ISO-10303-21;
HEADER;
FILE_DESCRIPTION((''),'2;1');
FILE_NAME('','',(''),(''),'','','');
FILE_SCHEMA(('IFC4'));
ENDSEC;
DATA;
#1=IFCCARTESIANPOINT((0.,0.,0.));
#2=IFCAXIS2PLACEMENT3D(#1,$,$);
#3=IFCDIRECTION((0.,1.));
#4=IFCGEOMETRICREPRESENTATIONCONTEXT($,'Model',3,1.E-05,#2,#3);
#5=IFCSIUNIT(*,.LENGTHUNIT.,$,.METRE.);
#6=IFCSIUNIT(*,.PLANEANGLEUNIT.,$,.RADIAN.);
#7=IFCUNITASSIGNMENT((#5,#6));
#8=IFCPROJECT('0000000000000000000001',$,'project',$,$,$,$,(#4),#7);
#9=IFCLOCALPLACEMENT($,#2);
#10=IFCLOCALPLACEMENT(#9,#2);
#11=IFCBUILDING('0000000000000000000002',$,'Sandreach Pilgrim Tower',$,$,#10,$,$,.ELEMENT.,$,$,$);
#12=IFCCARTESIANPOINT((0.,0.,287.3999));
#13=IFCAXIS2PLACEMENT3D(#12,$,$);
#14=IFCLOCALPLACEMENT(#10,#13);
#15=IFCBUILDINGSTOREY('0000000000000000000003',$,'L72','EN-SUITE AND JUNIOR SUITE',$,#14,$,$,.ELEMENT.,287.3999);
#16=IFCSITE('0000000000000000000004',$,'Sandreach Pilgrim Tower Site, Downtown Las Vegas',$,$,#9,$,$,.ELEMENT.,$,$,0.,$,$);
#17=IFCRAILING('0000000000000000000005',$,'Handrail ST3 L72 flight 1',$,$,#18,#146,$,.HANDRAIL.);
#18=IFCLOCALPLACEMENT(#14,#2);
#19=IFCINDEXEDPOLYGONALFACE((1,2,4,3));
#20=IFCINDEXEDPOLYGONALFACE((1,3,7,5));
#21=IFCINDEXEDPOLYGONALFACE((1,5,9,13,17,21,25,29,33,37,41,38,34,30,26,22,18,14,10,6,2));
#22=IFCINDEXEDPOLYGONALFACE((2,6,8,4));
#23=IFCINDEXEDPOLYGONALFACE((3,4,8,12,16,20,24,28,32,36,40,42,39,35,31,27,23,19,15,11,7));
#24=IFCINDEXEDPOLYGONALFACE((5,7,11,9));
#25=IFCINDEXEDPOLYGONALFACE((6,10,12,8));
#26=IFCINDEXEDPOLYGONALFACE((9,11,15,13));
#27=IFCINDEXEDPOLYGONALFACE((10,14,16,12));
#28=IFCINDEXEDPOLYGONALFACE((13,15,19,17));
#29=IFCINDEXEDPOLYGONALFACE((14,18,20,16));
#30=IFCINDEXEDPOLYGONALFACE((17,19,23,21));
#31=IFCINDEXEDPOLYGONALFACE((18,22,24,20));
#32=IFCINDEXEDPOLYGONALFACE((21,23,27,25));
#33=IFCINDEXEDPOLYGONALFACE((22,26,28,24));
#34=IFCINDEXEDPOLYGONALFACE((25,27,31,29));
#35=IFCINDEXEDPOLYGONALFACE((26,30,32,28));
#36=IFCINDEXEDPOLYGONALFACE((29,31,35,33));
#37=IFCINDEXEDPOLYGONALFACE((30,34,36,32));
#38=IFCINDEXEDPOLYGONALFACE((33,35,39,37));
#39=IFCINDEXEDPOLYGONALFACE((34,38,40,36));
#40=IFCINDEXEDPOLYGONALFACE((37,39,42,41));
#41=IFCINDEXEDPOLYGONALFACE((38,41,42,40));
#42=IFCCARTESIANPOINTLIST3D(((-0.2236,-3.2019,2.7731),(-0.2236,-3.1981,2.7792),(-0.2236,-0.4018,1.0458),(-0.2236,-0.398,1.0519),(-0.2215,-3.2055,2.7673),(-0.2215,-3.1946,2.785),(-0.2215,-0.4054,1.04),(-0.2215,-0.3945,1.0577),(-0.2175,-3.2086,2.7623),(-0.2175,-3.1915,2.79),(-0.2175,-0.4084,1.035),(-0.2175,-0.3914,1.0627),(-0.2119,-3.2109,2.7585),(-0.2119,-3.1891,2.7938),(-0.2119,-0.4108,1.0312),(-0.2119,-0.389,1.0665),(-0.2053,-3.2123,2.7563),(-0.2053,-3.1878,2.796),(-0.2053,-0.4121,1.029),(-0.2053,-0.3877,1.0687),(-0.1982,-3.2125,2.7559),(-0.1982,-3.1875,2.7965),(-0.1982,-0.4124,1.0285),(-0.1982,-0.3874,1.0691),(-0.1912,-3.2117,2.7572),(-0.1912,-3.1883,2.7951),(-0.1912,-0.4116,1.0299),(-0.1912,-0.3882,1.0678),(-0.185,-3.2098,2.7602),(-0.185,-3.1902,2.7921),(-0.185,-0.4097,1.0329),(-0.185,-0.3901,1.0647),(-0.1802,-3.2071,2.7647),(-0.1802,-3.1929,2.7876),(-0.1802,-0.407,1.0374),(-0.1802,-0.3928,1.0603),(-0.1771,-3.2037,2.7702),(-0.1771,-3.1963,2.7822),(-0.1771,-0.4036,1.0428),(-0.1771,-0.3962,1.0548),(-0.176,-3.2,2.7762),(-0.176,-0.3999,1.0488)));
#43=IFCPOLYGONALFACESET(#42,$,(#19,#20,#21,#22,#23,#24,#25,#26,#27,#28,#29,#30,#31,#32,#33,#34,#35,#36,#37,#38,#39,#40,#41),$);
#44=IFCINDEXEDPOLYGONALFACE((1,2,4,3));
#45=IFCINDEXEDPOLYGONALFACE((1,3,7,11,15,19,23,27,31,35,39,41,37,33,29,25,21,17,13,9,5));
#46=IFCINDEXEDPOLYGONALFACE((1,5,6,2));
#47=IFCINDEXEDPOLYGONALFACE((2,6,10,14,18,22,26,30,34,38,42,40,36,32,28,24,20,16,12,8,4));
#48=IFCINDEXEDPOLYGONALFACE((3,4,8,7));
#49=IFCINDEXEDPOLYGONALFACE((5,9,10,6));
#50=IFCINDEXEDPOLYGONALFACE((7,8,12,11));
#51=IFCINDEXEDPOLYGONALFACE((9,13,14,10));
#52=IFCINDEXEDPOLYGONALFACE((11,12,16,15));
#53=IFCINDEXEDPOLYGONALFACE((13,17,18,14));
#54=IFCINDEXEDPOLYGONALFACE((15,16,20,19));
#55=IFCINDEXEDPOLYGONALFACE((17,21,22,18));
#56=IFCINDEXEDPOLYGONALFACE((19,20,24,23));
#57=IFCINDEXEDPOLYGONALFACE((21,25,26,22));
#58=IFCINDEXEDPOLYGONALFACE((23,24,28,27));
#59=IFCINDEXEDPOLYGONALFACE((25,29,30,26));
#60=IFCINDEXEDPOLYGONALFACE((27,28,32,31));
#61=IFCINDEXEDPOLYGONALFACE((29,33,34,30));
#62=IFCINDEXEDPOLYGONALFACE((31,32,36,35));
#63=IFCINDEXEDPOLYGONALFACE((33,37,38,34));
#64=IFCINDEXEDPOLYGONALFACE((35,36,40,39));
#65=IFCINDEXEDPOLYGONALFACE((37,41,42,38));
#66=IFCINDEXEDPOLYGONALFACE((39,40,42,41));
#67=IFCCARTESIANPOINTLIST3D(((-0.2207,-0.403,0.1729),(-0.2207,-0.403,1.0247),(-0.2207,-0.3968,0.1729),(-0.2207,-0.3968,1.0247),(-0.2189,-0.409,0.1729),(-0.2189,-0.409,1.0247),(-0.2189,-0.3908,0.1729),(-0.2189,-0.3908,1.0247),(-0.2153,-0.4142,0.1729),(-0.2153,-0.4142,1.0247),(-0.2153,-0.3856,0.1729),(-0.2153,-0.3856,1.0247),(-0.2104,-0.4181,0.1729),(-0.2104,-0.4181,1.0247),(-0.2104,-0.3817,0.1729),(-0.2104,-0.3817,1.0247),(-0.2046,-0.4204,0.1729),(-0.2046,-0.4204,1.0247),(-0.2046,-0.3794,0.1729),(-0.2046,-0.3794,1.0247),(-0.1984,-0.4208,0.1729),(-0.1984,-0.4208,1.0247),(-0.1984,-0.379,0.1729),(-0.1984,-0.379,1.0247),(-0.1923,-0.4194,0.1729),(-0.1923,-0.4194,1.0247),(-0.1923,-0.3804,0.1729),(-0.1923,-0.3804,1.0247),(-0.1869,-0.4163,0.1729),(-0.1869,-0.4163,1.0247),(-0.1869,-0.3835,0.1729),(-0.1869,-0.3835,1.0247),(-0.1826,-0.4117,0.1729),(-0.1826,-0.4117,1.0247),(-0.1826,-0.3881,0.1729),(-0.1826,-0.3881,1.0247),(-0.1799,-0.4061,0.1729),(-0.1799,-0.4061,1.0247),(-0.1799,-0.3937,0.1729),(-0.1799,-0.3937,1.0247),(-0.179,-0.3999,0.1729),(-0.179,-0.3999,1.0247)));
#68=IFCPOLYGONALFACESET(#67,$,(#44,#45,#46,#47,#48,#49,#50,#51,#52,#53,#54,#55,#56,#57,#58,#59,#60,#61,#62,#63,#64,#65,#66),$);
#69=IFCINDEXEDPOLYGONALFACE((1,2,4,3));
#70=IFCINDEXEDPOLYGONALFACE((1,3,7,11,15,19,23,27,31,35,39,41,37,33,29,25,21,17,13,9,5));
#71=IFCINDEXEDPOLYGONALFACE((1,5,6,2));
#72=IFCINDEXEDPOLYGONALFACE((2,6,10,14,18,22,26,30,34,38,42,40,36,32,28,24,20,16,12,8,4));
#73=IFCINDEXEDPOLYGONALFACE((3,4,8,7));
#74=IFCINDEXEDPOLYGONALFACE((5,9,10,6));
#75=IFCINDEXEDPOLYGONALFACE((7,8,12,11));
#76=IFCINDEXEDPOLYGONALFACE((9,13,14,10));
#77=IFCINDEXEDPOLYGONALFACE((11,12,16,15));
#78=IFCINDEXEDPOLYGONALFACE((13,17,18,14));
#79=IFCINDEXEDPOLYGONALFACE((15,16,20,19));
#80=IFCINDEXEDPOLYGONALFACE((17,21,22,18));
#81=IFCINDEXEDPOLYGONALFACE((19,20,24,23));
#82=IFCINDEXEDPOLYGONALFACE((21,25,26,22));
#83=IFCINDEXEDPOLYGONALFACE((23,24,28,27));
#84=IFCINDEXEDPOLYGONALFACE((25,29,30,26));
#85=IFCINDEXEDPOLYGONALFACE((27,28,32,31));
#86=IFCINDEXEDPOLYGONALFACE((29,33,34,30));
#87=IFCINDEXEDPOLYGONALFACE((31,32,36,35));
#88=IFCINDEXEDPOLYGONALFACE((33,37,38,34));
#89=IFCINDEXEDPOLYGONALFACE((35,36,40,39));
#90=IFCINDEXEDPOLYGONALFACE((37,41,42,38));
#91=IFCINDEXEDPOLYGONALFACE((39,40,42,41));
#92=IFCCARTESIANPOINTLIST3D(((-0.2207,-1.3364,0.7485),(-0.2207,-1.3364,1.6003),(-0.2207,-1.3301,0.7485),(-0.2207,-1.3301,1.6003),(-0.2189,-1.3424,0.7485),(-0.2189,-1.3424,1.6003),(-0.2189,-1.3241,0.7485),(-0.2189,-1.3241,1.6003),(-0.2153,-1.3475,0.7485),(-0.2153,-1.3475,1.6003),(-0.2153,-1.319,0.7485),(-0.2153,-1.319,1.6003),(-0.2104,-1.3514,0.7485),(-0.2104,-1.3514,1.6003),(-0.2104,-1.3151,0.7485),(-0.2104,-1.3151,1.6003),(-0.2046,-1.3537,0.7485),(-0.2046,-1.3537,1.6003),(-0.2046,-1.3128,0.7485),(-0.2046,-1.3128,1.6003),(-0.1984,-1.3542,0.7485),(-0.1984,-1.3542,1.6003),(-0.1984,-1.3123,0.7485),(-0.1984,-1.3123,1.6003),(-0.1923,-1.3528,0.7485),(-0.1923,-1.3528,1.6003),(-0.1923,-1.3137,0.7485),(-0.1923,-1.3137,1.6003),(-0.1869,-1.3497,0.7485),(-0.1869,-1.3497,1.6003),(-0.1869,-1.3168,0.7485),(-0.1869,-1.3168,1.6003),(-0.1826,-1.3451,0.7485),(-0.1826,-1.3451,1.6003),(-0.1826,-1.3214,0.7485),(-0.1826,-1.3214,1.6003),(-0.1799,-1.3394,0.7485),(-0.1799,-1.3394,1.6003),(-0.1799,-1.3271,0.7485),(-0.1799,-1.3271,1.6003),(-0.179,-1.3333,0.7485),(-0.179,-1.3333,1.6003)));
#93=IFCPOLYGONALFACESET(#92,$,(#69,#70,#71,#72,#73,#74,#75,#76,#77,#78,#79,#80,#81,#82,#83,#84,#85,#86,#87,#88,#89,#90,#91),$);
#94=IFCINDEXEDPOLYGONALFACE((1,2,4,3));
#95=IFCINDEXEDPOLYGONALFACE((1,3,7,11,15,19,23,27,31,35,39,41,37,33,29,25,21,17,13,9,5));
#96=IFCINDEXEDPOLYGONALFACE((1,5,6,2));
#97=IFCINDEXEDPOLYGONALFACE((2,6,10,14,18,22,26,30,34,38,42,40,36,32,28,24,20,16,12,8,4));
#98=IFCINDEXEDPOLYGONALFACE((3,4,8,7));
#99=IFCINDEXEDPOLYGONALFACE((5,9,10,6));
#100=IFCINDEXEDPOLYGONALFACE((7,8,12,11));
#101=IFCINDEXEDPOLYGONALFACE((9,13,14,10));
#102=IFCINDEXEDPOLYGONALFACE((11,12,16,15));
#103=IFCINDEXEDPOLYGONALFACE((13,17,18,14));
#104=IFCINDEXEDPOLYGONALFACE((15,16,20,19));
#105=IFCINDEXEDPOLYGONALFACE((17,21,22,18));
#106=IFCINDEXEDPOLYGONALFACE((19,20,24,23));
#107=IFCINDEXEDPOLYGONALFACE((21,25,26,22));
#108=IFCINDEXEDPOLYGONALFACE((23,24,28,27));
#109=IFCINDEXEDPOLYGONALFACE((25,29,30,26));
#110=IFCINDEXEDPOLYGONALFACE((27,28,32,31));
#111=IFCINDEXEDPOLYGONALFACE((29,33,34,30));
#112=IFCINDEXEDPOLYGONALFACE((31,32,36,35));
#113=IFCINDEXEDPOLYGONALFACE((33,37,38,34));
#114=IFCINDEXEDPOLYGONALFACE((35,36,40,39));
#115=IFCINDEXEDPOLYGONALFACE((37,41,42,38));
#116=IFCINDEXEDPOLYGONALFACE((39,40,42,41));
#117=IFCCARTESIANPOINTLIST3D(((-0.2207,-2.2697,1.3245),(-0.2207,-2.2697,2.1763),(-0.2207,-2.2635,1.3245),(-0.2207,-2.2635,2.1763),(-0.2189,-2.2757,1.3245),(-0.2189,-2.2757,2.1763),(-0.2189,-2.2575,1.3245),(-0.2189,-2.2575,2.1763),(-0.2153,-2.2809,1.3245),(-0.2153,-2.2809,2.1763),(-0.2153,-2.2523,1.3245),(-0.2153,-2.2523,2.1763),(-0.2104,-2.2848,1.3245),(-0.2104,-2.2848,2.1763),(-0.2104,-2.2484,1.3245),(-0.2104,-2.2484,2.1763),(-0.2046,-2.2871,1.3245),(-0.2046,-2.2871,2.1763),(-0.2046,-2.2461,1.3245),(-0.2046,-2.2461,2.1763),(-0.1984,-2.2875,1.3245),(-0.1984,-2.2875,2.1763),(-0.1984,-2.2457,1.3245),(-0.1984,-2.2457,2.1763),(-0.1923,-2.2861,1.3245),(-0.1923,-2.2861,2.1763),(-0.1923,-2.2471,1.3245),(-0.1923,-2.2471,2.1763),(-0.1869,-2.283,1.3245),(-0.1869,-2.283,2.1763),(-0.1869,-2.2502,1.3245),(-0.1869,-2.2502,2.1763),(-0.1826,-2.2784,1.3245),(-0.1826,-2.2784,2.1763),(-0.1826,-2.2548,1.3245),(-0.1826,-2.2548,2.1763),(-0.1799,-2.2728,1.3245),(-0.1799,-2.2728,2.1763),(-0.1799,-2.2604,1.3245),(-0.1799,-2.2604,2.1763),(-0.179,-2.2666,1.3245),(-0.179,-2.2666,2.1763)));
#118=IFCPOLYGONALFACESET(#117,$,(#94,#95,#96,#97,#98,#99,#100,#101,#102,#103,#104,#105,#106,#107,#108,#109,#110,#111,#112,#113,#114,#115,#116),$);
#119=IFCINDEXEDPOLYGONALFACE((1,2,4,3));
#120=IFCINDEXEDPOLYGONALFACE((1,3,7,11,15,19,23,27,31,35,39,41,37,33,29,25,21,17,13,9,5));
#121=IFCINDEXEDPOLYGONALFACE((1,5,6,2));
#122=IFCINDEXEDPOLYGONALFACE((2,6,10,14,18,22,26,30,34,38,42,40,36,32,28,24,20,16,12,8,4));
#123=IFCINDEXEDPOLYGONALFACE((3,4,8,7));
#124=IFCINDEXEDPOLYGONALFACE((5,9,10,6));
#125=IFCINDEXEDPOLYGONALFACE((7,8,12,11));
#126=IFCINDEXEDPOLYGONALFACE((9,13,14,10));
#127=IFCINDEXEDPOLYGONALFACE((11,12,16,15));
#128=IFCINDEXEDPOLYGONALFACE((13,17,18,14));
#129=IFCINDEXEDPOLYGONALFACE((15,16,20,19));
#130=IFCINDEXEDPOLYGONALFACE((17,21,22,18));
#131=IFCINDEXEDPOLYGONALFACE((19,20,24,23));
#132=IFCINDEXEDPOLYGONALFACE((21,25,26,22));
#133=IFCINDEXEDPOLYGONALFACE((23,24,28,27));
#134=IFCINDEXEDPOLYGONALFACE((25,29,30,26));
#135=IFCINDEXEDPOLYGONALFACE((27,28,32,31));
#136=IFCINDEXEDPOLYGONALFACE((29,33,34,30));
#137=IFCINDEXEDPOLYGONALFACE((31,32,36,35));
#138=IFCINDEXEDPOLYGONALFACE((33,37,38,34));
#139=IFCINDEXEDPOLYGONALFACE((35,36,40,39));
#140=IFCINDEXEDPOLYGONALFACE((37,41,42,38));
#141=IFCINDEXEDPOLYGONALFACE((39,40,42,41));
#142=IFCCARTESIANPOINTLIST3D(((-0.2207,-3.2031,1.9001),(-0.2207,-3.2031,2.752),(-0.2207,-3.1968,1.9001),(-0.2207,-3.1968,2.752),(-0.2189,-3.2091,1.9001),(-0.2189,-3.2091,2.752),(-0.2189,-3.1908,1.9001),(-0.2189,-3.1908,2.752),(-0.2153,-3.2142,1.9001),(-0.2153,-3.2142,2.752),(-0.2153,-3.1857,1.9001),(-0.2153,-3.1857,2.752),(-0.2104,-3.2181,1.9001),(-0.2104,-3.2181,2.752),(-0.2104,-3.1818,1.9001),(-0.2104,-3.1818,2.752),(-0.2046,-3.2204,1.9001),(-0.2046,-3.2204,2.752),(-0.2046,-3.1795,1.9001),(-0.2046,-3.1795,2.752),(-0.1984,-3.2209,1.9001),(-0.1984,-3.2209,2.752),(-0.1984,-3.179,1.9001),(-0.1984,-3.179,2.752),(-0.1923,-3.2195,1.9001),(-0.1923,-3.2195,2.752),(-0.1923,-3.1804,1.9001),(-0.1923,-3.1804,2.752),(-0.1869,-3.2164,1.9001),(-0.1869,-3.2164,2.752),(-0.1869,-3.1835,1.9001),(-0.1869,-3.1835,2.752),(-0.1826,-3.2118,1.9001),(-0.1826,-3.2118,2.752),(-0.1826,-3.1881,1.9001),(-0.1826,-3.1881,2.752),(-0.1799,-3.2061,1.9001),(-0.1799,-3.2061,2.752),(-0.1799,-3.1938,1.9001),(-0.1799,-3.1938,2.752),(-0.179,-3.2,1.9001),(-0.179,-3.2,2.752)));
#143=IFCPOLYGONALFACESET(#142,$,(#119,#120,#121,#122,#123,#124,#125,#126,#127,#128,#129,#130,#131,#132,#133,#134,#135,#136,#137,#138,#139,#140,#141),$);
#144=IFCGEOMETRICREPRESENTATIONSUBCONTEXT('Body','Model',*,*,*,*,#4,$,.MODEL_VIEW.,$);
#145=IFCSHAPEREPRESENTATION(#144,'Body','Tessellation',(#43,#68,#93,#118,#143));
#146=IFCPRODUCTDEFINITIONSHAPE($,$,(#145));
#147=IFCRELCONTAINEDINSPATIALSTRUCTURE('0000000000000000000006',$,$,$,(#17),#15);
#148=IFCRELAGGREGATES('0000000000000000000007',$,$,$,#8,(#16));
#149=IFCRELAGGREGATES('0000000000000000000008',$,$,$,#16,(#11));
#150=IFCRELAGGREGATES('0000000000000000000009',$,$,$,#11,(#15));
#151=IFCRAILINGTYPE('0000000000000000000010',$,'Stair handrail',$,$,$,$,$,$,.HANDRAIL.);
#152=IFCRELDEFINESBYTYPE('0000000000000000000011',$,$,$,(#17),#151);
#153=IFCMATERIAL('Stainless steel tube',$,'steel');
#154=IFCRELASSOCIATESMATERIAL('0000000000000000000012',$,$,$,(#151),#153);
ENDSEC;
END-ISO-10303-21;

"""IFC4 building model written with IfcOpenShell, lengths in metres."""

from ifc_helpers import new_model, si_unit, direction, frame, origin, origin_2d, place, context, subcontext, project, spatial, circle, extrude, material, type_object, element, save


model = new_model("IFC4")

# Units and contexts
model_context = context("Model", 3, precision=1e-05, world=origin(), true_north=direction((0.0, 1.0)))
body_context = subcontext(model_context, "Body", "Model", "MODEL_VIEW")
ifc_project = project(units=[si_unit("LENGTHUNIT", "METRE"), si_unit("PLANEANGLEUNIT", "RADIAN")], contexts=[model_context])

# Site, building, storey
site_placement = place(None, origin())
site = spatial("IfcSite", under=ifc_project, at=site_placement, Name="Sandreach Pilgrim Tower Site, Downtown Las Vegas", CompositionType="ELEMENT", RefElevation=0.0)
building_placement = place(site_placement, origin())
building = spatial("IfcBuilding", under=site, at=building_placement, Name="Sandreach Pilgrim Tower", CompositionType="ELEMENT")
storey_placement = place(building_placement, frame((0.0, 0.0, 287.3999)))
storey = spatial("IfcBuildingStorey", under=building, at=storey_placement, Name="L72", Description="EN-SUITE AND JUNIOR SUITE", CompositionType="ELEMENT", Elevation=287.3999)

# Railing
ifc_material_1 = material(Name="Stainless steel tube", Category="steel")
railing_type = type_object("IfcRailingType", Name="Stair handrail", PredefinedType="HANDRAIL", material=ifc_material_1)
for number, where, name in (
    (1, (-0.2, -0.3999, 0.1729), "Handrail ST3 L72 flight 1"),
):
    element("IfcRailing", number, at=place(storey_placement, frame(where)), inside=storey, type_object=railing_type, Name=name, PredefinedType="HANDRAIL", context=body_context, shape_type="SweptSolid", body=[
        extrude(circle(Radius=0.0239, at=origin_2d()), frame((0.0, 0.0, 0.876), z_axis=(0.0, -0.85109, 0.52502), x_axis=(1.0, 0.0, 0.0)), (0.0, 0.0, 1.0), 3.29),
        extrude(circle(Radius=0.021, at=origin_2d()), origin(), (0.0, 0.0, 1.0), 0.8518),
        extrude(circle(Radius=0.021, at=origin_2d()), frame((0.0, -0.9333, 0.5757)), (0.0, 0.0, 1.0), 0.8518),
        extrude(circle(Radius=0.021, at=origin_2d()), frame((0.0, -1.8667, 1.1516)), (0.0, 0.0, 1.0), 0.8518),
        extrude(circle(Radius=0.021, at=origin_2d()), frame((0.0, -2.8, 1.7273)), (0.0, 0.0, 1.0), 0.8518),
    ])

save(model, "model.ifc")
